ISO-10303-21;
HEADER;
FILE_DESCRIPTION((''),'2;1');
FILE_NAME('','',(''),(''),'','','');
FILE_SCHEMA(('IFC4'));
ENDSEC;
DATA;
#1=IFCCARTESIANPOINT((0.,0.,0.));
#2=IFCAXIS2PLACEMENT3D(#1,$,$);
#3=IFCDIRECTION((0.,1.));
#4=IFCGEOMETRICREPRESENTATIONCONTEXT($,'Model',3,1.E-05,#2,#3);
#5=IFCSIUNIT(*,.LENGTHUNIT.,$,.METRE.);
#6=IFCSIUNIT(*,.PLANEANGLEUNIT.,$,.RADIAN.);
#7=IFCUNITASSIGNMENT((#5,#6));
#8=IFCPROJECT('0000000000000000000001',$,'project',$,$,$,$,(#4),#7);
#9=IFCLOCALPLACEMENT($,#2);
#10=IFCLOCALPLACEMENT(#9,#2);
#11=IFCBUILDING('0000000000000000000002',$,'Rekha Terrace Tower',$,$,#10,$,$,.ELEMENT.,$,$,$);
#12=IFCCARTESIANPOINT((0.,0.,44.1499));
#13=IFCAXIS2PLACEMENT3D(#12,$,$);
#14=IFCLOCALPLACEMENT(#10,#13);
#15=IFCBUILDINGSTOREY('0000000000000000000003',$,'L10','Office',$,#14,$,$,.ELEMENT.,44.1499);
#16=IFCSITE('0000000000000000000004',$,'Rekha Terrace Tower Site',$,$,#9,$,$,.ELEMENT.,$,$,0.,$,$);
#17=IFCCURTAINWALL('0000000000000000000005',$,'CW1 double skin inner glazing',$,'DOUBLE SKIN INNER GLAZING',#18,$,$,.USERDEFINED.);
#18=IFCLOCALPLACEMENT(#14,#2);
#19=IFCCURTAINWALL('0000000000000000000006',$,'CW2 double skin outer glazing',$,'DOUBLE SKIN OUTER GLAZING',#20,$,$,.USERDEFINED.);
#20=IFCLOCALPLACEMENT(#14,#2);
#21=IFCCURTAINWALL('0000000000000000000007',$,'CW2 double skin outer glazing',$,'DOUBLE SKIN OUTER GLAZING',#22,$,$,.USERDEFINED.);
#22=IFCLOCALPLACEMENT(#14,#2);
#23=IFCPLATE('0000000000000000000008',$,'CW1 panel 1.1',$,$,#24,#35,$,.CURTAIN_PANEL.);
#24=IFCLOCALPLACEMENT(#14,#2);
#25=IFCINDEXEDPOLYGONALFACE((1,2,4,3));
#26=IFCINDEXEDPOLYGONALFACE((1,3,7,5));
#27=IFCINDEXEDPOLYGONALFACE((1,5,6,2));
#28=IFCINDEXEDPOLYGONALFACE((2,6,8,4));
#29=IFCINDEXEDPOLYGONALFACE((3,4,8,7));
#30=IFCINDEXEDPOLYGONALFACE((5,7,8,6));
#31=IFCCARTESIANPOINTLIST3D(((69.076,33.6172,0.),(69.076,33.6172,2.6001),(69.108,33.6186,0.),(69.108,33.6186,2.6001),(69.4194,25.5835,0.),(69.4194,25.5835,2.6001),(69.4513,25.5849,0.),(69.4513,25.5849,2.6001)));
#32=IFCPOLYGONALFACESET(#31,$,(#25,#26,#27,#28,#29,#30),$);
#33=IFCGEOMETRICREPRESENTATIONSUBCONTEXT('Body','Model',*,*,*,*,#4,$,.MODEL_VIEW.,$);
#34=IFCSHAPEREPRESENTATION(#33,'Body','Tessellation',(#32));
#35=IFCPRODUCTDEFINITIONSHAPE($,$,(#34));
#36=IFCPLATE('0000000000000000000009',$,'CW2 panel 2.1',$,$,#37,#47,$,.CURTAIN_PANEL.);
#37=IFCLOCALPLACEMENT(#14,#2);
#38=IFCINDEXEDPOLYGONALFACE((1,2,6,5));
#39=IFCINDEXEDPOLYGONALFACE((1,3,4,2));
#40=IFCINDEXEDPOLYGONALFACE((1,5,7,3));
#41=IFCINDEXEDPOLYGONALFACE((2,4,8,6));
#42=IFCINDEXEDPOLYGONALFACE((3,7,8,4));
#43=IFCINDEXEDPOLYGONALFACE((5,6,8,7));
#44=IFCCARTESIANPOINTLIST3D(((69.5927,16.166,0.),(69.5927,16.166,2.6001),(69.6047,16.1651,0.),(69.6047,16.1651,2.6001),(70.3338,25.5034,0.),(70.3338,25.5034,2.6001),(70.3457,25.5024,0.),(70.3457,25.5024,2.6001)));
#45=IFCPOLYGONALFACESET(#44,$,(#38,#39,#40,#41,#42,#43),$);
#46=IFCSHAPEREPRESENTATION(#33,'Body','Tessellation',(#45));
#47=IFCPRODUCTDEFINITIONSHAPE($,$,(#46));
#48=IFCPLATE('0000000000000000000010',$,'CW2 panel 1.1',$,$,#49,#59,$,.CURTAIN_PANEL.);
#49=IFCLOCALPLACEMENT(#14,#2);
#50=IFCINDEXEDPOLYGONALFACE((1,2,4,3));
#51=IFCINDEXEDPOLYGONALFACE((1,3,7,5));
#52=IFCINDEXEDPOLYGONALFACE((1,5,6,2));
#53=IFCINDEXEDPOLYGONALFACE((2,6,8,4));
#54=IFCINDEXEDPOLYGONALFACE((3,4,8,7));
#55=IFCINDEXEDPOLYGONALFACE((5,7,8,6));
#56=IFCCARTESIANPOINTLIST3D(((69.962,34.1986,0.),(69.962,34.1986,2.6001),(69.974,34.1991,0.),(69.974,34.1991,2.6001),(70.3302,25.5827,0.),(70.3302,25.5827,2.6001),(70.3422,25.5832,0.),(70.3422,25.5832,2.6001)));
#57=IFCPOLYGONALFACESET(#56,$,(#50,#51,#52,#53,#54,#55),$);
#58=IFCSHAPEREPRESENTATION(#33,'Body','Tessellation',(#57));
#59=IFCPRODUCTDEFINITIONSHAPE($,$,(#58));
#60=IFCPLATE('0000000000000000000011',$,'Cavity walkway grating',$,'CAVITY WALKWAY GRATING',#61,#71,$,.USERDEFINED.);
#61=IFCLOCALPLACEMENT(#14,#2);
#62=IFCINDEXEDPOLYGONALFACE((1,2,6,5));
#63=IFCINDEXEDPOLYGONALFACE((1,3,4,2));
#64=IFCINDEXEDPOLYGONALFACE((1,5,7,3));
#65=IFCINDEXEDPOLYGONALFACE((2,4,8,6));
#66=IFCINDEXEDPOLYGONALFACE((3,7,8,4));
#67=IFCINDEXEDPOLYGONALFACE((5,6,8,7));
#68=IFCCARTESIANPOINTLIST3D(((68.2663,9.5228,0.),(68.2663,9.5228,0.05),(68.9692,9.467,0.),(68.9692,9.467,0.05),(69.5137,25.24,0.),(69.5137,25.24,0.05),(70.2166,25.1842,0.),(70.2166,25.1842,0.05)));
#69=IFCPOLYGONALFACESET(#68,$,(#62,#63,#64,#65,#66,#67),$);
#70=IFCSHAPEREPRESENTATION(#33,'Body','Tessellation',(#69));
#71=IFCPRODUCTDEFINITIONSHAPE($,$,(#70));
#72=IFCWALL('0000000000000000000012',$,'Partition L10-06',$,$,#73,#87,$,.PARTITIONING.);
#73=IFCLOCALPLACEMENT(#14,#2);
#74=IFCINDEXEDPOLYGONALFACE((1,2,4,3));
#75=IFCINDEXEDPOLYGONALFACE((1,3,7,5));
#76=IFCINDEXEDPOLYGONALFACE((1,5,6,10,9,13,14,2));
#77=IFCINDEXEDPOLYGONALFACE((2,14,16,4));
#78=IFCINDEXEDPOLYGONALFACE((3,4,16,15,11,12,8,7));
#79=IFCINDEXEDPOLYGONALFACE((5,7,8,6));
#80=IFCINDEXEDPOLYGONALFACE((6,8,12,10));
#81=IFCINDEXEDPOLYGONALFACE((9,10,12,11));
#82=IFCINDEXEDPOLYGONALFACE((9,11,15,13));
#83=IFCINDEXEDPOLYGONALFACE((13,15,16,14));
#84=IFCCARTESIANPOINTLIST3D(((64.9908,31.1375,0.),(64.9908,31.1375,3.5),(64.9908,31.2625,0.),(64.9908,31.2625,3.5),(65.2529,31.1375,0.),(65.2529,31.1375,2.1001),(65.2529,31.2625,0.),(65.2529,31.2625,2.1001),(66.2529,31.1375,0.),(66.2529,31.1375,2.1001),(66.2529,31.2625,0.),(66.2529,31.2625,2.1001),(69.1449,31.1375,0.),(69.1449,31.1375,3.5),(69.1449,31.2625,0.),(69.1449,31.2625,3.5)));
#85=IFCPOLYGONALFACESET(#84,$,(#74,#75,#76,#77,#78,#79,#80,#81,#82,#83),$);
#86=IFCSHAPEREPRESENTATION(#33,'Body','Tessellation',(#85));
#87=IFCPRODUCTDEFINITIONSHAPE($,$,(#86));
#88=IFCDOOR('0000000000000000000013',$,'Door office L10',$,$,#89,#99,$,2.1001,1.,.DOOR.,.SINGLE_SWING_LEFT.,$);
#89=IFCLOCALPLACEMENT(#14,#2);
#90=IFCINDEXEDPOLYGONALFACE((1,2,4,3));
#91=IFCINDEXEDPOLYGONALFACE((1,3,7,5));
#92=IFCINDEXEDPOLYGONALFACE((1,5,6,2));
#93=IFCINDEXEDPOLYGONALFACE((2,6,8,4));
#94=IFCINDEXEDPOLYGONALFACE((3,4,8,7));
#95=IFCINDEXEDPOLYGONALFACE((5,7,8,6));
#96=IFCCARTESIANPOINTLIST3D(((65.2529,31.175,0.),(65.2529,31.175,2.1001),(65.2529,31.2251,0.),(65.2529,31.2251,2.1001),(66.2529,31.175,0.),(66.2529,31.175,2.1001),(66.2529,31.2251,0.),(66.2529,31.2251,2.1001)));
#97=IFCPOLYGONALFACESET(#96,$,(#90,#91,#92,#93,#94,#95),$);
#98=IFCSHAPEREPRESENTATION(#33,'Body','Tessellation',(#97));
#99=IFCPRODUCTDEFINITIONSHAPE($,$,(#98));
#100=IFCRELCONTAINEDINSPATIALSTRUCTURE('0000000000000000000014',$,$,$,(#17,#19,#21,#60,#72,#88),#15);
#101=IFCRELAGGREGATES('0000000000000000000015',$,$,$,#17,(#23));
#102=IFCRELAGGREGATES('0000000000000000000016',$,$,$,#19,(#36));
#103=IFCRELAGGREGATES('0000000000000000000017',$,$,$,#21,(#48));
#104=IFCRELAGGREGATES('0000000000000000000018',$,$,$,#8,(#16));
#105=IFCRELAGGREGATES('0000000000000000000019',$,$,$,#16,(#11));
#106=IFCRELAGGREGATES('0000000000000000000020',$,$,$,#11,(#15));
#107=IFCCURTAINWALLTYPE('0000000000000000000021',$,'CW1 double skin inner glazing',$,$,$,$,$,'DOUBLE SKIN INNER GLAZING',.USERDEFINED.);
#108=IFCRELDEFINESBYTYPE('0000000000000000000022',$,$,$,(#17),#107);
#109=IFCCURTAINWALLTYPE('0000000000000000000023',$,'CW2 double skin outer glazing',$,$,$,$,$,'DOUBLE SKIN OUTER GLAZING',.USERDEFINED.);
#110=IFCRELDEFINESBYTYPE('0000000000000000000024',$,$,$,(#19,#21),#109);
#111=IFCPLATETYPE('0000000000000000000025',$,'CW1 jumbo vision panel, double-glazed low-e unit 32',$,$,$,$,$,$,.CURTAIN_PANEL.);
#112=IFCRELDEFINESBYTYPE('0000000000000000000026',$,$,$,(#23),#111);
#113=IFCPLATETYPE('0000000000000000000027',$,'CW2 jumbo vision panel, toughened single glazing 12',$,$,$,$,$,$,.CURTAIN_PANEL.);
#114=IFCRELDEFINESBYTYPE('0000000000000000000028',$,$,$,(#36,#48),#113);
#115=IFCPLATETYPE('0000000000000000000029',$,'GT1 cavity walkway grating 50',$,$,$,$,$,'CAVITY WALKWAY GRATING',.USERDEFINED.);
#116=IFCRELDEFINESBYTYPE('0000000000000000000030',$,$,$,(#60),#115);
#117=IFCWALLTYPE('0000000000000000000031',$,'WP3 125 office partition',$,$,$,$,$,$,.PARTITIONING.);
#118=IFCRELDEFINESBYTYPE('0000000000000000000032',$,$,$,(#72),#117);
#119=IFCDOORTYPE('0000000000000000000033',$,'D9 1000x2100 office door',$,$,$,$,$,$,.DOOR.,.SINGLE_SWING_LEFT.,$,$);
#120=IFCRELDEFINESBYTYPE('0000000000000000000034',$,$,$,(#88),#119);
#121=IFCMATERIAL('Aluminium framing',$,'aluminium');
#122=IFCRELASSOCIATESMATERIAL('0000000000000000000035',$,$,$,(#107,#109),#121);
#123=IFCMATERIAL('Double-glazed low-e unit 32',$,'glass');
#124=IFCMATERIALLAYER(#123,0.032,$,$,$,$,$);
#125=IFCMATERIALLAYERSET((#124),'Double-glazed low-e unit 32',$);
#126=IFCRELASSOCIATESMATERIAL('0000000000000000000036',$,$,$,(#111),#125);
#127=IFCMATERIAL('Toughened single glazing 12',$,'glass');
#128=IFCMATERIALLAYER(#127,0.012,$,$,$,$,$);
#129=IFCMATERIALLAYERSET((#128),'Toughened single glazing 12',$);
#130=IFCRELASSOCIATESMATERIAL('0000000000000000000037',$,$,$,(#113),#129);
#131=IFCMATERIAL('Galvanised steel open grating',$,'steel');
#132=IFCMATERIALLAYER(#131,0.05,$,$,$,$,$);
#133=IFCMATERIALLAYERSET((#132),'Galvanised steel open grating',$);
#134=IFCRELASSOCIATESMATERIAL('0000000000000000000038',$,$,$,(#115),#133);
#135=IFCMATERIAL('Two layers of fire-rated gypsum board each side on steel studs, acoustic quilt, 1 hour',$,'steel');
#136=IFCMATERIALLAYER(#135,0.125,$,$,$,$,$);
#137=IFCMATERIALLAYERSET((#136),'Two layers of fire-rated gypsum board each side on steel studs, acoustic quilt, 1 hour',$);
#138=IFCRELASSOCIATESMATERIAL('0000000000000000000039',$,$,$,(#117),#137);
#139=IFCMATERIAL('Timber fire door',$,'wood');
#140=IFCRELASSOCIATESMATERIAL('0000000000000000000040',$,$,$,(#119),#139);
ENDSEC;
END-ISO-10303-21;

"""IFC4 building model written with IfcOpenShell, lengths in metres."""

from ifc_helpers import new_model, si_unit, direction, frame, frame_2d, origin, origin_2d, place, context, subcontext, project, spatial, rectangle, extrude, material, layer, layer_set, type_object, element, fill, aggregate, save


model = new_model("IFC4")

# Units and contexts
model_context = context("Model", 3, precision=1e-05, world=origin(), true_north=direction((0.0, 1.0)))
body_context = subcontext(model_context, "Body", "Model", "MODEL_VIEW")
ifc_project = project(units=[si_unit("LENGTHUNIT", "METRE"), si_unit("PLANEANGLEUNIT", "RADIAN")], contexts=[model_context])

# Site, building, storey
site_placement = place(None, origin())
site = spatial("IfcSite", under=ifc_project, at=site_placement, Name="Rekha Terrace Tower Site", CompositionType="ELEMENT", RefElevation=0.0)
building_placement = place(site_placement, origin())
building = spatial("IfcBuilding", under=site, at=building_placement, Name="Rekha Terrace Tower", CompositionType="ELEMENT")
storey_placement = place(building_placement, frame((0.0, 0.0, 44.1499)))
storey = spatial("IfcBuildingStorey", under=building, at=storey_placement, Name="L10", Description="Office", CompositionType="ELEMENT", Elevation=44.1499)

# Curtain wall
ifc_material_1 = material(Name="Aluminium framing", Category="aluminium")
curtain_wall_type_1 = type_object("IfcCurtainWallType", Name="CW1 double skin inner glazing", ElementType="DOUBLE SKIN INNER GLAZING", PredefinedType="USERDEFINED", material=ifc_material_1)
curtain_wall_1_placement = place(storey_placement, origin())
curtain_wall_1 = element("IfcCurtainWall", 1, at=curtain_wall_1_placement, inside=storey, type_object=curtain_wall_type_1, Name="CW1 double skin inner glazing", ObjectType="DOUBLE SKIN INNER GLAZING", PredefinedType="USERDEFINED")

# Curtain walls
curtain_wall_type_2 = type_object("IfcCurtainWallType", Name="CW2 double skin outer glazing", ElementType="DOUBLE SKIN OUTER GLAZING", PredefinedType="USERDEFINED", material=ifc_material_1)
curtain_wall_2_placement = place(storey_placement, origin())
curtain_wall_2 = element("IfcCurtainWall", 2, at=curtain_wall_2_placement, inside=storey, type_object=curtain_wall_type_2, Name="CW2 double skin outer glazing", ObjectType="DOUBLE SKIN OUTER GLAZING", PredefinedType="USERDEFINED")
curtain_wall_3_placement = place(storey_placement, origin())
curtain_wall_3 = element("IfcCurtainWall", 3, at=curtain_wall_3_placement, inside=storey, type_object=curtain_wall_type_2, Name="CW2 double skin outer glazing", ObjectType="DOUBLE SKIN OUTER GLAZING", PredefinedType="USERDEFINED")

# Plates
ifc_material_2 = material(Name="Double-glazed low-e unit 32", Category="glass")
ifc_layer_1 = layer(ifc_material_2, 0.032)
ifc_layer_set_1 = layer_set([ifc_layer_1], Name="Double-glazed low-e unit 32")
plate_type_1 = type_object("IfcPlateType", Name="CW1 jumbo vision panel, double-glazed low-e unit 32", PredefinedType="CURTAIN_PANEL", material=ifc_layer_set_1)
plate_1_placement = place(storey_placement, frame((69.2637, 29.6011, 0.0), z_axis=(0.0, 0.0, 1.0), x_axis=(-0.042696, 0.999088, 0.0)))
plate_1 = element("IfcPlate", 4, at=plate_1_placement, type_object=plate_type_1, Name="CW1 panel 1.1", PredefinedType="CURTAIN_PANEL", context=body_context, shape_type="SweptSolid", body=[
    extrude(rectangle(XDim=8.041, YDim=0.032, at=origin_2d()), origin(), (0.0, 0.0, 1.0), 2.6001),
])
aggregate(curtain_wall_1, [plate_1])
ifc_material_3 = material(Name="Toughened single glazing 12", Category="glass")
ifc_layer_2 = layer(ifc_material_3, 0.012)
ifc_layer_set_2 = layer_set([ifc_layer_2], Name="Toughened single glazing 12")
plate_type_2 = type_object("IfcPlateType", Name="CW2 jumbo vision panel, toughened single glazing 12", PredefinedType="CURTAIN_PANEL", material=ifc_layer_set_2)
plate_2_placement = place(storey_placement, frame((69.9692, 20.8342, 0.0), z_axis=(0.0, 0.0, 1.0), x_axis=(0.079116, 0.996865, 0.0)))
plate_2 = element("IfcPlate", 5, at=plate_2_placement, type_object=plate_type_2, Name="CW2 panel 2.1", PredefinedType="CURTAIN_PANEL", context=body_context, shape_type="SweptSolid", body=[
    extrude(rectangle(XDim=9.3667, YDim=0.012, at=origin_2d()), origin(), (0.0, 0.0, 1.0), 2.6001),
])
aggregate(curtain_wall_2, [plate_2])
plate_3_placement = place(storey_placement, frame((70.1521, 29.8909, 0.0), z_axis=(0.0, 0.0, 1.0), x_axis=(-0.042696, 0.999088, 0.0)))
plate_3 = element("IfcPlate", 6, at=plate_3_placement, type_object=plate_type_2, Name="CW2 panel 1.1", PredefinedType="CURTAIN_PANEL", context=body_context, shape_type="SweptSolid", body=[
    extrude(rectangle(XDim=8.6238, YDim=0.012, at=origin_2d()), origin(), (0.0, 0.0, 1.0), 2.6001),
])
aggregate(curtain_wall_3, [plate_3])
ifc_material_4 = material(Name="Galvanised steel open grating", Category="steel")
ifc_layer_3 = layer(ifc_material_4, 0.05)
ifc_layer_set_3 = layer_set([ifc_layer_3], Name="Galvanised steel open grating")
plate_type_3 = type_object("IfcPlateType", Name="GT1 cavity walkway grating 50", ElementType="CAVITY WALKWAY GRATING", PredefinedType="USERDEFINED", material=ifc_layer_set_3)
plate_4_placement = place(storey_placement, frame((69.2415, 17.3535, 0.0), z_axis=(0.0, 0.0, 1.0), x_axis=(0.079116, 0.996865, 0.0)))
element("IfcPlate", 7, at=plate_4_placement, inside=storey, type_object=plate_type_3, Name="Cavity walkway grating", ObjectType="CAVITY WALKWAY GRATING", PredefinedType="USERDEFINED", context=body_context, shape_type="SweptSolid", body=[
    extrude(rectangle(XDim=15.7666, YDim=0.7051, at=origin_2d()), origin(), (0.0, 0.0, 1.0), 0.05),
])

# Wall, opening, door
ifc_material_5 = material(Name="Two layers of fire-rated gypsum board each side on steel studs, acoustic quilt, 1 hour", Category="steel")
ifc_layer_4 = layer(ifc_material_5, 0.125)
ifc_layer_set_4 = layer_set([ifc_layer_4], Name="Two layers of fire-rated gypsum board each side on steel studs, acoustic quilt, 1 hour")
wall_type = type_object("IfcWallType", Name="WP3 125 office partition", PredefinedType="PARTITIONING", material=ifc_layer_set_4)
wall_placement = place(storey_placement, frame((69.145, 31.2, 0.0), z_axis=(0.0, 0.0, 1.0), x_axis=(-1.0, 0.0, 0.0)))
wall = element("IfcWall", 8, at=wall_placement, inside=storey, type_object=wall_type, Name="Partition L10-06", PredefinedType="PARTITIONING", context=body_context, shape_type="SweptSolid", body=[
    extrude(rectangle(XDim=4.1541, YDim=0.125, at=frame_2d((2.0771, 0.0))), origin(), (0.0, 0.0, 1.0), 3.5),
])
opening_placement = place(wall_placement, frame((2.8921, 0.0, 0.0)))
opening = element("IfcOpeningElement", 9, at=opening_placement, cuts=wall, PredefinedType="OPENING", context=body_context, shape_type="SweptSolid", body=[
    extrude(rectangle(XDim=1.0, YDim=2.1001, at=frame_2d((0.5, 1.05))), frame((0.0, 0.0725, 0.0), z_axis=(0.0, -1.0, 0.0), x_axis=(1.0, 0.0, 0.0)), (0.0, 0.0, 1.0), 0.145),
])
ifc_material_6 = material(Name="Timber fire door", Category="wood")
door_type = type_object("IfcDoorType", Name="D9 1000x2100 office door", OperationType="SINGLE_SWING_LEFT", PredefinedType="DOOR", material=ifc_material_6)
door_placement = place(opening_placement, origin())
door = element("IfcDoor", 10, at=door_placement, inside=storey, type_object=door_type, Name="Door office L10", OperationType="SINGLE_SWING_LEFT", OverallHeight=2.1001, OverallWidth=1.0, PredefinedType="DOOR", context=body_context, shape_type="SweptSolid", body=[
    extrude(rectangle(XDim=1.0, YDim=2.1001, at=frame_2d((0.5, 1.05))), frame((0.0, 0.0249, 0.0), z_axis=(0.0, -1.0, 0.0), x_axis=(1.0, 0.0, 0.0)), (0.0, 0.0, 1.0), 0.05),
])
fill(opening, door)

save(model, "model.ifc")
